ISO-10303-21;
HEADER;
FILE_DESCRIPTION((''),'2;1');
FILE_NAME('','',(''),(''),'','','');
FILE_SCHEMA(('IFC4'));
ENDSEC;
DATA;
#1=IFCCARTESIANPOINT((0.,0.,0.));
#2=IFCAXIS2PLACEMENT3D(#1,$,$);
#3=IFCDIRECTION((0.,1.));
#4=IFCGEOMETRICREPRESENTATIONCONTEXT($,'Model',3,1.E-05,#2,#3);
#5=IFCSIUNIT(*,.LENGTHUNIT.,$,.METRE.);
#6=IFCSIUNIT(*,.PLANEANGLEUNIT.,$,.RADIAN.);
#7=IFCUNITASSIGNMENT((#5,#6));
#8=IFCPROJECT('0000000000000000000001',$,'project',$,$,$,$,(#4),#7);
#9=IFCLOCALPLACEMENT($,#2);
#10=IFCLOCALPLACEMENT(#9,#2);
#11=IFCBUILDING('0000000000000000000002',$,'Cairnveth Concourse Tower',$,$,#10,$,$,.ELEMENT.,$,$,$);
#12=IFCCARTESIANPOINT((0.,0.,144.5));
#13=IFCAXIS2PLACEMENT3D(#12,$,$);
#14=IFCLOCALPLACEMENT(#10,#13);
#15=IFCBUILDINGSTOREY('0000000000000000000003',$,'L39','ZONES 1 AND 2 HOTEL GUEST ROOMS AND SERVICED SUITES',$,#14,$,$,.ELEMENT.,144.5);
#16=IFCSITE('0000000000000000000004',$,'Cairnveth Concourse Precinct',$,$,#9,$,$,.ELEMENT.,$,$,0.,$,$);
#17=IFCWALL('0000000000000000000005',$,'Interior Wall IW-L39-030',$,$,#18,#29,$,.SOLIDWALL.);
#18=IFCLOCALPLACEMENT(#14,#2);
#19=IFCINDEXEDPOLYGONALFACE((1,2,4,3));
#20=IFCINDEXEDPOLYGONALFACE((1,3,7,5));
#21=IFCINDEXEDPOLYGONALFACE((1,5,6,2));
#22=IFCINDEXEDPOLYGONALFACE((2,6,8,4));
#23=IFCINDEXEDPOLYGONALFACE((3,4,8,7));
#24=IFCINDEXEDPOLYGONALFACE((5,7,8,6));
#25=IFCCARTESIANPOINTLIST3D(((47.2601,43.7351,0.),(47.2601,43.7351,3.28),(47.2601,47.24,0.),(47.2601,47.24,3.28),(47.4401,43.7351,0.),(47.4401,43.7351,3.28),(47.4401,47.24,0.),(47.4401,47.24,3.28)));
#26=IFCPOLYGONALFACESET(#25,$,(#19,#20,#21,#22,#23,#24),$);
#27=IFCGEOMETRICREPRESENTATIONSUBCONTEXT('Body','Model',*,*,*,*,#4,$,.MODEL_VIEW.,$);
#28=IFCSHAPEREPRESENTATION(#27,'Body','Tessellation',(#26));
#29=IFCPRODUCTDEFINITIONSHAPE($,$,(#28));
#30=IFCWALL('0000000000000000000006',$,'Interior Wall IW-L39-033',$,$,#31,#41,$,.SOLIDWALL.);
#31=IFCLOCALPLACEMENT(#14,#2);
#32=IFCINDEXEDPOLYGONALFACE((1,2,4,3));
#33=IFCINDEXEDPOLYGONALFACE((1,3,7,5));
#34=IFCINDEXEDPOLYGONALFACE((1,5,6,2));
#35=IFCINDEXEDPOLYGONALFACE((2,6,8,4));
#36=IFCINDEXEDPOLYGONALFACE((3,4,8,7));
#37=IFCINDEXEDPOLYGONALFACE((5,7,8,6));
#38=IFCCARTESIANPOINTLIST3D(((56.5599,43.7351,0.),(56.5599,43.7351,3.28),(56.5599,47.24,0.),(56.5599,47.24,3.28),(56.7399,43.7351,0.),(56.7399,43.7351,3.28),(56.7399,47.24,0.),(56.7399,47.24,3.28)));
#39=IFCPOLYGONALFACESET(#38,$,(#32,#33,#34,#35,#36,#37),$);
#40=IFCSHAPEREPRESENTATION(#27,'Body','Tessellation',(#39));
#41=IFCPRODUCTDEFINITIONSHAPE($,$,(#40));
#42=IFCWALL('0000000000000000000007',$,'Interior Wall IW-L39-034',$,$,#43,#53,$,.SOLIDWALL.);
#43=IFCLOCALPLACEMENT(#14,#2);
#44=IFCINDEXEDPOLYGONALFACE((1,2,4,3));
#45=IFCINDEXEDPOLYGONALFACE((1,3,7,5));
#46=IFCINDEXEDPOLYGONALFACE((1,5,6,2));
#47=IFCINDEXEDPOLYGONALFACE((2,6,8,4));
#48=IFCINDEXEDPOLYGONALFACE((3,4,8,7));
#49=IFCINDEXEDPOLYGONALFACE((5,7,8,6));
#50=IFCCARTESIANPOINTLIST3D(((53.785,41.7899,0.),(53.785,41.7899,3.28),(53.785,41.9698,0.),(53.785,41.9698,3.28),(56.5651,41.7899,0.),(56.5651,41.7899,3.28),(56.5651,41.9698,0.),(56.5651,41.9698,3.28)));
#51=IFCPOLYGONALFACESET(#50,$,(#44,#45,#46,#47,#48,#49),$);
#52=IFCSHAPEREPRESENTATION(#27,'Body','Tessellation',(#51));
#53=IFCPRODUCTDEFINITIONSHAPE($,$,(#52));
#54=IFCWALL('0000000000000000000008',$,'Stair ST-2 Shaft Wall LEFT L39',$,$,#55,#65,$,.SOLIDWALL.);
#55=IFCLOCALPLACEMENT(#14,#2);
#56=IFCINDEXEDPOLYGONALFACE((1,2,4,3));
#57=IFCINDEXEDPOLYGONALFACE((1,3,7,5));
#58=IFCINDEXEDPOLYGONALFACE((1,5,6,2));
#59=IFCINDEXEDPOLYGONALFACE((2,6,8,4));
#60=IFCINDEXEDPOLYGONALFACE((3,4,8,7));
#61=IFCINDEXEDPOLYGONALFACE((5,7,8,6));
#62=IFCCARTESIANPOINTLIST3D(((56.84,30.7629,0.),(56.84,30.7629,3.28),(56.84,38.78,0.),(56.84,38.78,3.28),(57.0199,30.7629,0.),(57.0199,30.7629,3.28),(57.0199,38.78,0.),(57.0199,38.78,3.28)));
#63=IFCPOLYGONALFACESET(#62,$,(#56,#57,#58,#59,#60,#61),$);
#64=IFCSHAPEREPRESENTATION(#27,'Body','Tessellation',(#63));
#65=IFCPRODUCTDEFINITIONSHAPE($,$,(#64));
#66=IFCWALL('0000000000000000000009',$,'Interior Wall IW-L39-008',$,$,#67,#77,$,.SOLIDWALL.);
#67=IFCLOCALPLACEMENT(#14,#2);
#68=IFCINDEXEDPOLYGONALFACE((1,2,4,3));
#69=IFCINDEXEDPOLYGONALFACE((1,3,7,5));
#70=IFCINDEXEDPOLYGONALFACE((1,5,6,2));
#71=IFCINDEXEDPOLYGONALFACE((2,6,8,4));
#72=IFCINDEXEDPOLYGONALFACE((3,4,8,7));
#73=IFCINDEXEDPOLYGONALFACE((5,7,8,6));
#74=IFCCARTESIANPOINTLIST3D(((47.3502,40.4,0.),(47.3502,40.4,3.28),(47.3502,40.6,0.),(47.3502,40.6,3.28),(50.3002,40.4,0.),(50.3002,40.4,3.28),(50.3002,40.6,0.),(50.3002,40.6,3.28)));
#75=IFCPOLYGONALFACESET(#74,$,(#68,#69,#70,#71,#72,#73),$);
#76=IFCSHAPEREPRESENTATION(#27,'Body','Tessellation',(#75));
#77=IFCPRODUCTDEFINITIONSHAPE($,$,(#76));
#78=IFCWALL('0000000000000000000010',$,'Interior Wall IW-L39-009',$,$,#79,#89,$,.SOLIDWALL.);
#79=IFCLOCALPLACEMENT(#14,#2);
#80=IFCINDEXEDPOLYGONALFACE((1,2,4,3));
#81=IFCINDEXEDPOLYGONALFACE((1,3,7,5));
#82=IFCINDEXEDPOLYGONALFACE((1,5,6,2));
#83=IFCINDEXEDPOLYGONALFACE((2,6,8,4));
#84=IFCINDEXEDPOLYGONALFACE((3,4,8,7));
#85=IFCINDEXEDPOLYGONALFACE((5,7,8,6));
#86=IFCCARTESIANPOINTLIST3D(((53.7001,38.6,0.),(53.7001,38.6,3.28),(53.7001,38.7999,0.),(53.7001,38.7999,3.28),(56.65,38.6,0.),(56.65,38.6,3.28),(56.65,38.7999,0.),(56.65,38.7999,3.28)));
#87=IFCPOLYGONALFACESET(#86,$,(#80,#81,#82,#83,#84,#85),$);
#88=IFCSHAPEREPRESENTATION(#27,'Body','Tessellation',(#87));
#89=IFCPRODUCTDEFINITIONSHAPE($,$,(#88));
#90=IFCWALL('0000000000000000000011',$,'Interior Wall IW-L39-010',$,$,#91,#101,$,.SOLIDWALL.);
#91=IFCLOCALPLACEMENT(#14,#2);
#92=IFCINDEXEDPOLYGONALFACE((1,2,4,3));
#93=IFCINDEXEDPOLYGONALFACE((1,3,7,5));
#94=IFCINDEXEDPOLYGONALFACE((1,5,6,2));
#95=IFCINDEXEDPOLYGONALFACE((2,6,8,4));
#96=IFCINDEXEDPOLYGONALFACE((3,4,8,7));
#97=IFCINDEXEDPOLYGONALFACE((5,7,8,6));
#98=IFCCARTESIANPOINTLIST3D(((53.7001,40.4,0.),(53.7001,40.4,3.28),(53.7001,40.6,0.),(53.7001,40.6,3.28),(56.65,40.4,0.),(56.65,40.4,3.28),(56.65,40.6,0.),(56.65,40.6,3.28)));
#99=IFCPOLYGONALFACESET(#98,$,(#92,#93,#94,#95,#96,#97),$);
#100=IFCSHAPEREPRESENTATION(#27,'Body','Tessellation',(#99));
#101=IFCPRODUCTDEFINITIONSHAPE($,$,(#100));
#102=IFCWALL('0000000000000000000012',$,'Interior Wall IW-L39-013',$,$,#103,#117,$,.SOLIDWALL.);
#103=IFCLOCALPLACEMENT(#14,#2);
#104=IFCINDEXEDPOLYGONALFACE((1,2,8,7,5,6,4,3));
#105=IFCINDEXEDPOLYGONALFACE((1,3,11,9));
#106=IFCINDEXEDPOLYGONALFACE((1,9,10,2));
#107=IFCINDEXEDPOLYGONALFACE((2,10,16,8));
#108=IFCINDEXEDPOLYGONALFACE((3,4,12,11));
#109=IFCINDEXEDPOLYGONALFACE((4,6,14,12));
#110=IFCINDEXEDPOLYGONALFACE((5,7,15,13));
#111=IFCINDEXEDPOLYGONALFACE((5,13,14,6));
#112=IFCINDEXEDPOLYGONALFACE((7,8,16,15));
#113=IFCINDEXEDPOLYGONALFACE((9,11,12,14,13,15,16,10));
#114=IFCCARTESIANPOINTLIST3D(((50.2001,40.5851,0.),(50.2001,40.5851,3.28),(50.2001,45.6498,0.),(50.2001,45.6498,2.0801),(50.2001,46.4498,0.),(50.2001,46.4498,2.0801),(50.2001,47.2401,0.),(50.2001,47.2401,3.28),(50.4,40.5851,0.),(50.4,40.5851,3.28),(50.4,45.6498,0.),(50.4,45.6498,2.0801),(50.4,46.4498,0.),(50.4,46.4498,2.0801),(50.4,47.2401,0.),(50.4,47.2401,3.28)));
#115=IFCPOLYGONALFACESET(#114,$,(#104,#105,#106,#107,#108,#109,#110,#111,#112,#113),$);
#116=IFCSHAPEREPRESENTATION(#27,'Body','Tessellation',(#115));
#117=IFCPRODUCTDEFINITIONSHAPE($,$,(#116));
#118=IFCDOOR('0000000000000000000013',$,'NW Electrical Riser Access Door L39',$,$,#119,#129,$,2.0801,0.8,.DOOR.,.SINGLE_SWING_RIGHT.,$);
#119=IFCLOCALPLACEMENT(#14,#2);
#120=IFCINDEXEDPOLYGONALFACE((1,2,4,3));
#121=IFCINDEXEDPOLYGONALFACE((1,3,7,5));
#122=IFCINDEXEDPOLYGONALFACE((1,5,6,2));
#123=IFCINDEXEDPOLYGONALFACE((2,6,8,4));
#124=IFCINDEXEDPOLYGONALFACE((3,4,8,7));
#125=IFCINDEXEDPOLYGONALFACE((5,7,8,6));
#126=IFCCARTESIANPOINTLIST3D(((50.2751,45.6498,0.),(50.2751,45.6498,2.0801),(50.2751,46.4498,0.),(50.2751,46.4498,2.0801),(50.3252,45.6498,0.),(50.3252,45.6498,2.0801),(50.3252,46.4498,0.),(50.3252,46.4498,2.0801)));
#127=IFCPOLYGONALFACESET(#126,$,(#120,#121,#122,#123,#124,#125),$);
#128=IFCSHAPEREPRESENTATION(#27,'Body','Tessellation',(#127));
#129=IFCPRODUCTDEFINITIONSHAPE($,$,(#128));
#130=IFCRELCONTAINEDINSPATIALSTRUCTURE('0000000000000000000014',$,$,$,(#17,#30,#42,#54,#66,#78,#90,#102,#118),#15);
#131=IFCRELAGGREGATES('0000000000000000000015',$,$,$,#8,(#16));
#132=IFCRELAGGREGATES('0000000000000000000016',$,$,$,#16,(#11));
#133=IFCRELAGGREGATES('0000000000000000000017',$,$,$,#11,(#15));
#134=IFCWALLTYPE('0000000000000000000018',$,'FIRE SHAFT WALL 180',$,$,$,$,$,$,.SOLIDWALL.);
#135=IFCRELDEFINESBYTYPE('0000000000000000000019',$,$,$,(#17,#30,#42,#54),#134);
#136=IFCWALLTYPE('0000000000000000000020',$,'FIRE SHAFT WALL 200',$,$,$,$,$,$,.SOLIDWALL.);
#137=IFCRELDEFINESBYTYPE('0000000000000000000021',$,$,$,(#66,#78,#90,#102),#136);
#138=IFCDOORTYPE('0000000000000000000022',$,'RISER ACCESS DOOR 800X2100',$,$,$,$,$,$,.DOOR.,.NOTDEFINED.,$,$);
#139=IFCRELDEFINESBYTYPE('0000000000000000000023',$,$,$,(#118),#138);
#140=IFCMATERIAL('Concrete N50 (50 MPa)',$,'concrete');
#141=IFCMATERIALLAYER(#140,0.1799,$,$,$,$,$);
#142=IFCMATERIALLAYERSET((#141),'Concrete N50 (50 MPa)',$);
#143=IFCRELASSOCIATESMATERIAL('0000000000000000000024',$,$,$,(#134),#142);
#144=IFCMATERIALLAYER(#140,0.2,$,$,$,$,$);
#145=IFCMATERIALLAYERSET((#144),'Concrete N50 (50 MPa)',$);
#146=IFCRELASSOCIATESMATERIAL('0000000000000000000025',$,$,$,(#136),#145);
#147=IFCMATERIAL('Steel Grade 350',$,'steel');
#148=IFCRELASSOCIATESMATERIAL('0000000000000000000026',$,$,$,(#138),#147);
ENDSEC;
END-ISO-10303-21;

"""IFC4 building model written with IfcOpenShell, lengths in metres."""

from ifc_helpers import new_model, si_unit, direction, frame, frame_2d, origin, place, context, subcontext, project, spatial, rectangle, extrude, material, layer, layer_set, type_object, element, fill, save


model = new_model("IFC4")

# Units and contexts
model_context = context("Model", 3, precision=1e-05, world=origin(), true_north=direction((0.0, 1.0)))
body_context = subcontext(model_context, "Body", "Model", "MODEL_VIEW")
ifc_project = project(units=[si_unit("LENGTHUNIT", "METRE"), si_unit("PLANEANGLEUNIT", "RADIAN")], contexts=[model_context])

# Site, building, storey
site_placement = place(None, origin())
site = spatial("IfcSite", under=ifc_project, at=site_placement, Name="Cairnveth Concourse Precinct", CompositionType="ELEMENT", RefElevation=0.0)
building_placement = place(site_placement, origin())
building = spatial("IfcBuilding", under=site, at=building_placement, Name="Cairnveth Concourse Tower", CompositionType="ELEMENT")
storey_placement = place(building_placement, frame((0.0, 0.0, 144.5)))
storey = spatial("IfcBuildingStorey", under=building, at=storey_placement, Name="L39", Description="ZONES 1 AND 2 HOTEL GUEST ROOMS AND SERVICED SUITES", CompositionType="ELEMENT", Elevation=144.5)

# Walls
ifc_material_1 = material(Name="Concrete N50 (50 MPa)", Category="concrete")
ifc_layer_1 = layer(ifc_material_1, 0.1799)
ifc_layer_set_1 = layer_set([ifc_layer_1], Name="Concrete N50 (50 MPa)")
wall_type_1 = type_object("IfcWallType", Name="FIRE SHAFT WALL 180", PredefinedType="SOLIDWALL", material=ifc_layer_set_1)
for number, where, z_axis, x_axis, name in (
    (1, (47.3501, 43.7351, 0.0), (0.0, 0.0, 1.0), (0.0, 1.0, 0.0), "Interior Wall IW-L39-030"),
    (2, (56.6499, 43.7351, 0.0), (0.0, 0.0, 1.0), (0.0, 1.0, 0.0), "Interior Wall IW-L39-033"),
):
    element("IfcWall", number, at=place(storey_placement, frame(where, z_axis=z_axis, x_axis=x_axis)), inside=storey, type_object=wall_type_1, Name=name, PredefinedType="SOLIDWALL", context=body_context, shape_type="SweptSolid", body=[
        extrude(rectangle(XDim=3.5049, YDim=0.1799, at=frame_2d((1.7524, 0.0))), origin(), (0.0, 0.0, 1.0), 3.28),
    ])
wall_1_placement = place(storey_placement, frame((53.7849, 41.8799, 0.0), z_axis=(0.0, 0.0, 1.0), x_axis=(1.0, 0.0, 0.0)))
element("IfcWall", 3, at=wall_1_placement, inside=storey, type_object=wall_type_1, Name="Interior Wall IW-L39-034", PredefinedType="SOLIDWALL", context=body_context, shape_type="SweptSolid", body=[
    extrude(rectangle(XDim=2.78, YDim=0.1799, at=frame_2d((1.3901, 0.0))), origin(), (0.0, 0.0, 1.0), 3.28),
])

# Shared definitions
ifc_material_2 = material(Name="Steel Grade 350", Category="steel")

# Walls
wall_2_placement = place(storey_placement, frame((56.9299, 38.78, 0.0), z_axis=(0.0, 0.0, 1.0), x_axis=(0.0, -1.0, 0.0)))
element("IfcWall", 4, at=wall_2_placement, inside=storey, type_object=wall_type_1, Name="Stair ST-2 Shaft Wall LEFT L39", PredefinedType="SOLIDWALL", context=body_context, shape_type="SweptSolid", body=[
    extrude(rectangle(XDim=8.0171, YDim=0.1799, at=frame_2d((4.0085, 0.0))), origin(), (0.0, 0.0, 1.0), 3.28),
])
ifc_layer_2 = layer(ifc_material_1, 0.2)
ifc_layer_set_2 = layer_set([ifc_layer_2], Name="Concrete N50 (50 MPa)")
wall_type_2 = type_object("IfcWallType", Name="FIRE SHAFT WALL 200", PredefinedType="SOLIDWALL", material=ifc_layer_set_2)
for number, where, z_axis, x_axis, name in (
    (5, (47.3501, 40.5, 0.0), (0.0, 0.0, 1.0), (1.0, 0.0, 0.0), "Interior Wall IW-L39-008"),
    (6, (53.7, 38.7, 0.0), (0.0, 0.0, 1.0), (1.0, 0.0, 0.0), "Interior Wall IW-L39-009"),
    (7, (53.7, 40.5, 0.0), (0.0, 0.0, 1.0), (1.0, 0.0, 0.0), "Interior Wall IW-L39-010"),
):
    element("IfcWall", number, at=place(storey_placement, frame(where, z_axis=z_axis, x_axis=x_axis)), inside=storey, type_object=wall_type_2, Name=name, PredefinedType="SOLIDWALL", context=body_context, shape_type="SweptSolid", body=[
        extrude(rectangle(XDim=2.95, YDim=0.2, at=frame_2d((1.4751, 0.0))), origin(), (0.0, 0.0, 1.0), 3.28),
    ])

# Wall, opening, door
wall_3_placement = place(storey_placement, frame((50.3, 40.585, 0.0), z_axis=(0.0, 0.0, 1.0), x_axis=(0.0, 1.0, 0.0)))
wall_3 = element("IfcWall", 8, at=wall_3_placement, inside=storey, type_object=wall_type_2, Name="Interior Wall IW-L39-013", PredefinedType="SOLIDWALL", context=body_context, shape_type="SweptSolid", body=[
    extrude(rectangle(XDim=6.655, YDim=0.2, at=frame_2d((3.3276, 0.0))), origin(), (0.0, 0.0, 1.0), 3.28),
])
opening_1_placement = place(wall_3_placement, frame((5.0649, 0.0, 0.0)))
opening_1 = element("IfcOpeningElement", 9, at=opening_1_placement, cuts=wall_3, PredefinedType="OPENING", context=body_context, shape_type="SweptSolid", body=[
    extrude(rectangle(XDim=0.8, YDim=2.0801, at=frame_2d((0.3999, 1.04))), frame((0.0, 0.1099, 0.0), z_axis=(0.0, -1.0, 0.0), x_axis=(1.0, 0.0, 0.0)), (0.0, 0.0, 1.0), 0.22),
])
door_type_1 = type_object("IfcDoorType", Name="RISER ACCESS DOOR 800X2100", OperationType="NOTDEFINED", PredefinedType="DOOR", material=ifc_material_2)
door_1_placement = place(opening_1_placement, origin())
door_1 = element("IfcDoor", 10, at=door_1_placement, inside=storey, type_object=door_type_1, Name="NW Electrical Riser Access Door L39", OperationType="SINGLE_SWING_RIGHT", OverallHeight=2.0801, OverallWidth=0.8, PredefinedType="DOOR", context=body_context, shape_type="SweptSolid", body=[
    extrude(rectangle(XDim=0.8, YDim=2.0801, at=frame_2d((0.3999, 1.04))), frame((0.0, 0.0249, 0.0), z_axis=(0.0, -1.0, 0.0), x_axis=(1.0, 0.0, 0.0)), (0.0, 0.0, 1.0), 0.05),
])
fill(opening_1, door_1)

save(model, "model.ifc")
